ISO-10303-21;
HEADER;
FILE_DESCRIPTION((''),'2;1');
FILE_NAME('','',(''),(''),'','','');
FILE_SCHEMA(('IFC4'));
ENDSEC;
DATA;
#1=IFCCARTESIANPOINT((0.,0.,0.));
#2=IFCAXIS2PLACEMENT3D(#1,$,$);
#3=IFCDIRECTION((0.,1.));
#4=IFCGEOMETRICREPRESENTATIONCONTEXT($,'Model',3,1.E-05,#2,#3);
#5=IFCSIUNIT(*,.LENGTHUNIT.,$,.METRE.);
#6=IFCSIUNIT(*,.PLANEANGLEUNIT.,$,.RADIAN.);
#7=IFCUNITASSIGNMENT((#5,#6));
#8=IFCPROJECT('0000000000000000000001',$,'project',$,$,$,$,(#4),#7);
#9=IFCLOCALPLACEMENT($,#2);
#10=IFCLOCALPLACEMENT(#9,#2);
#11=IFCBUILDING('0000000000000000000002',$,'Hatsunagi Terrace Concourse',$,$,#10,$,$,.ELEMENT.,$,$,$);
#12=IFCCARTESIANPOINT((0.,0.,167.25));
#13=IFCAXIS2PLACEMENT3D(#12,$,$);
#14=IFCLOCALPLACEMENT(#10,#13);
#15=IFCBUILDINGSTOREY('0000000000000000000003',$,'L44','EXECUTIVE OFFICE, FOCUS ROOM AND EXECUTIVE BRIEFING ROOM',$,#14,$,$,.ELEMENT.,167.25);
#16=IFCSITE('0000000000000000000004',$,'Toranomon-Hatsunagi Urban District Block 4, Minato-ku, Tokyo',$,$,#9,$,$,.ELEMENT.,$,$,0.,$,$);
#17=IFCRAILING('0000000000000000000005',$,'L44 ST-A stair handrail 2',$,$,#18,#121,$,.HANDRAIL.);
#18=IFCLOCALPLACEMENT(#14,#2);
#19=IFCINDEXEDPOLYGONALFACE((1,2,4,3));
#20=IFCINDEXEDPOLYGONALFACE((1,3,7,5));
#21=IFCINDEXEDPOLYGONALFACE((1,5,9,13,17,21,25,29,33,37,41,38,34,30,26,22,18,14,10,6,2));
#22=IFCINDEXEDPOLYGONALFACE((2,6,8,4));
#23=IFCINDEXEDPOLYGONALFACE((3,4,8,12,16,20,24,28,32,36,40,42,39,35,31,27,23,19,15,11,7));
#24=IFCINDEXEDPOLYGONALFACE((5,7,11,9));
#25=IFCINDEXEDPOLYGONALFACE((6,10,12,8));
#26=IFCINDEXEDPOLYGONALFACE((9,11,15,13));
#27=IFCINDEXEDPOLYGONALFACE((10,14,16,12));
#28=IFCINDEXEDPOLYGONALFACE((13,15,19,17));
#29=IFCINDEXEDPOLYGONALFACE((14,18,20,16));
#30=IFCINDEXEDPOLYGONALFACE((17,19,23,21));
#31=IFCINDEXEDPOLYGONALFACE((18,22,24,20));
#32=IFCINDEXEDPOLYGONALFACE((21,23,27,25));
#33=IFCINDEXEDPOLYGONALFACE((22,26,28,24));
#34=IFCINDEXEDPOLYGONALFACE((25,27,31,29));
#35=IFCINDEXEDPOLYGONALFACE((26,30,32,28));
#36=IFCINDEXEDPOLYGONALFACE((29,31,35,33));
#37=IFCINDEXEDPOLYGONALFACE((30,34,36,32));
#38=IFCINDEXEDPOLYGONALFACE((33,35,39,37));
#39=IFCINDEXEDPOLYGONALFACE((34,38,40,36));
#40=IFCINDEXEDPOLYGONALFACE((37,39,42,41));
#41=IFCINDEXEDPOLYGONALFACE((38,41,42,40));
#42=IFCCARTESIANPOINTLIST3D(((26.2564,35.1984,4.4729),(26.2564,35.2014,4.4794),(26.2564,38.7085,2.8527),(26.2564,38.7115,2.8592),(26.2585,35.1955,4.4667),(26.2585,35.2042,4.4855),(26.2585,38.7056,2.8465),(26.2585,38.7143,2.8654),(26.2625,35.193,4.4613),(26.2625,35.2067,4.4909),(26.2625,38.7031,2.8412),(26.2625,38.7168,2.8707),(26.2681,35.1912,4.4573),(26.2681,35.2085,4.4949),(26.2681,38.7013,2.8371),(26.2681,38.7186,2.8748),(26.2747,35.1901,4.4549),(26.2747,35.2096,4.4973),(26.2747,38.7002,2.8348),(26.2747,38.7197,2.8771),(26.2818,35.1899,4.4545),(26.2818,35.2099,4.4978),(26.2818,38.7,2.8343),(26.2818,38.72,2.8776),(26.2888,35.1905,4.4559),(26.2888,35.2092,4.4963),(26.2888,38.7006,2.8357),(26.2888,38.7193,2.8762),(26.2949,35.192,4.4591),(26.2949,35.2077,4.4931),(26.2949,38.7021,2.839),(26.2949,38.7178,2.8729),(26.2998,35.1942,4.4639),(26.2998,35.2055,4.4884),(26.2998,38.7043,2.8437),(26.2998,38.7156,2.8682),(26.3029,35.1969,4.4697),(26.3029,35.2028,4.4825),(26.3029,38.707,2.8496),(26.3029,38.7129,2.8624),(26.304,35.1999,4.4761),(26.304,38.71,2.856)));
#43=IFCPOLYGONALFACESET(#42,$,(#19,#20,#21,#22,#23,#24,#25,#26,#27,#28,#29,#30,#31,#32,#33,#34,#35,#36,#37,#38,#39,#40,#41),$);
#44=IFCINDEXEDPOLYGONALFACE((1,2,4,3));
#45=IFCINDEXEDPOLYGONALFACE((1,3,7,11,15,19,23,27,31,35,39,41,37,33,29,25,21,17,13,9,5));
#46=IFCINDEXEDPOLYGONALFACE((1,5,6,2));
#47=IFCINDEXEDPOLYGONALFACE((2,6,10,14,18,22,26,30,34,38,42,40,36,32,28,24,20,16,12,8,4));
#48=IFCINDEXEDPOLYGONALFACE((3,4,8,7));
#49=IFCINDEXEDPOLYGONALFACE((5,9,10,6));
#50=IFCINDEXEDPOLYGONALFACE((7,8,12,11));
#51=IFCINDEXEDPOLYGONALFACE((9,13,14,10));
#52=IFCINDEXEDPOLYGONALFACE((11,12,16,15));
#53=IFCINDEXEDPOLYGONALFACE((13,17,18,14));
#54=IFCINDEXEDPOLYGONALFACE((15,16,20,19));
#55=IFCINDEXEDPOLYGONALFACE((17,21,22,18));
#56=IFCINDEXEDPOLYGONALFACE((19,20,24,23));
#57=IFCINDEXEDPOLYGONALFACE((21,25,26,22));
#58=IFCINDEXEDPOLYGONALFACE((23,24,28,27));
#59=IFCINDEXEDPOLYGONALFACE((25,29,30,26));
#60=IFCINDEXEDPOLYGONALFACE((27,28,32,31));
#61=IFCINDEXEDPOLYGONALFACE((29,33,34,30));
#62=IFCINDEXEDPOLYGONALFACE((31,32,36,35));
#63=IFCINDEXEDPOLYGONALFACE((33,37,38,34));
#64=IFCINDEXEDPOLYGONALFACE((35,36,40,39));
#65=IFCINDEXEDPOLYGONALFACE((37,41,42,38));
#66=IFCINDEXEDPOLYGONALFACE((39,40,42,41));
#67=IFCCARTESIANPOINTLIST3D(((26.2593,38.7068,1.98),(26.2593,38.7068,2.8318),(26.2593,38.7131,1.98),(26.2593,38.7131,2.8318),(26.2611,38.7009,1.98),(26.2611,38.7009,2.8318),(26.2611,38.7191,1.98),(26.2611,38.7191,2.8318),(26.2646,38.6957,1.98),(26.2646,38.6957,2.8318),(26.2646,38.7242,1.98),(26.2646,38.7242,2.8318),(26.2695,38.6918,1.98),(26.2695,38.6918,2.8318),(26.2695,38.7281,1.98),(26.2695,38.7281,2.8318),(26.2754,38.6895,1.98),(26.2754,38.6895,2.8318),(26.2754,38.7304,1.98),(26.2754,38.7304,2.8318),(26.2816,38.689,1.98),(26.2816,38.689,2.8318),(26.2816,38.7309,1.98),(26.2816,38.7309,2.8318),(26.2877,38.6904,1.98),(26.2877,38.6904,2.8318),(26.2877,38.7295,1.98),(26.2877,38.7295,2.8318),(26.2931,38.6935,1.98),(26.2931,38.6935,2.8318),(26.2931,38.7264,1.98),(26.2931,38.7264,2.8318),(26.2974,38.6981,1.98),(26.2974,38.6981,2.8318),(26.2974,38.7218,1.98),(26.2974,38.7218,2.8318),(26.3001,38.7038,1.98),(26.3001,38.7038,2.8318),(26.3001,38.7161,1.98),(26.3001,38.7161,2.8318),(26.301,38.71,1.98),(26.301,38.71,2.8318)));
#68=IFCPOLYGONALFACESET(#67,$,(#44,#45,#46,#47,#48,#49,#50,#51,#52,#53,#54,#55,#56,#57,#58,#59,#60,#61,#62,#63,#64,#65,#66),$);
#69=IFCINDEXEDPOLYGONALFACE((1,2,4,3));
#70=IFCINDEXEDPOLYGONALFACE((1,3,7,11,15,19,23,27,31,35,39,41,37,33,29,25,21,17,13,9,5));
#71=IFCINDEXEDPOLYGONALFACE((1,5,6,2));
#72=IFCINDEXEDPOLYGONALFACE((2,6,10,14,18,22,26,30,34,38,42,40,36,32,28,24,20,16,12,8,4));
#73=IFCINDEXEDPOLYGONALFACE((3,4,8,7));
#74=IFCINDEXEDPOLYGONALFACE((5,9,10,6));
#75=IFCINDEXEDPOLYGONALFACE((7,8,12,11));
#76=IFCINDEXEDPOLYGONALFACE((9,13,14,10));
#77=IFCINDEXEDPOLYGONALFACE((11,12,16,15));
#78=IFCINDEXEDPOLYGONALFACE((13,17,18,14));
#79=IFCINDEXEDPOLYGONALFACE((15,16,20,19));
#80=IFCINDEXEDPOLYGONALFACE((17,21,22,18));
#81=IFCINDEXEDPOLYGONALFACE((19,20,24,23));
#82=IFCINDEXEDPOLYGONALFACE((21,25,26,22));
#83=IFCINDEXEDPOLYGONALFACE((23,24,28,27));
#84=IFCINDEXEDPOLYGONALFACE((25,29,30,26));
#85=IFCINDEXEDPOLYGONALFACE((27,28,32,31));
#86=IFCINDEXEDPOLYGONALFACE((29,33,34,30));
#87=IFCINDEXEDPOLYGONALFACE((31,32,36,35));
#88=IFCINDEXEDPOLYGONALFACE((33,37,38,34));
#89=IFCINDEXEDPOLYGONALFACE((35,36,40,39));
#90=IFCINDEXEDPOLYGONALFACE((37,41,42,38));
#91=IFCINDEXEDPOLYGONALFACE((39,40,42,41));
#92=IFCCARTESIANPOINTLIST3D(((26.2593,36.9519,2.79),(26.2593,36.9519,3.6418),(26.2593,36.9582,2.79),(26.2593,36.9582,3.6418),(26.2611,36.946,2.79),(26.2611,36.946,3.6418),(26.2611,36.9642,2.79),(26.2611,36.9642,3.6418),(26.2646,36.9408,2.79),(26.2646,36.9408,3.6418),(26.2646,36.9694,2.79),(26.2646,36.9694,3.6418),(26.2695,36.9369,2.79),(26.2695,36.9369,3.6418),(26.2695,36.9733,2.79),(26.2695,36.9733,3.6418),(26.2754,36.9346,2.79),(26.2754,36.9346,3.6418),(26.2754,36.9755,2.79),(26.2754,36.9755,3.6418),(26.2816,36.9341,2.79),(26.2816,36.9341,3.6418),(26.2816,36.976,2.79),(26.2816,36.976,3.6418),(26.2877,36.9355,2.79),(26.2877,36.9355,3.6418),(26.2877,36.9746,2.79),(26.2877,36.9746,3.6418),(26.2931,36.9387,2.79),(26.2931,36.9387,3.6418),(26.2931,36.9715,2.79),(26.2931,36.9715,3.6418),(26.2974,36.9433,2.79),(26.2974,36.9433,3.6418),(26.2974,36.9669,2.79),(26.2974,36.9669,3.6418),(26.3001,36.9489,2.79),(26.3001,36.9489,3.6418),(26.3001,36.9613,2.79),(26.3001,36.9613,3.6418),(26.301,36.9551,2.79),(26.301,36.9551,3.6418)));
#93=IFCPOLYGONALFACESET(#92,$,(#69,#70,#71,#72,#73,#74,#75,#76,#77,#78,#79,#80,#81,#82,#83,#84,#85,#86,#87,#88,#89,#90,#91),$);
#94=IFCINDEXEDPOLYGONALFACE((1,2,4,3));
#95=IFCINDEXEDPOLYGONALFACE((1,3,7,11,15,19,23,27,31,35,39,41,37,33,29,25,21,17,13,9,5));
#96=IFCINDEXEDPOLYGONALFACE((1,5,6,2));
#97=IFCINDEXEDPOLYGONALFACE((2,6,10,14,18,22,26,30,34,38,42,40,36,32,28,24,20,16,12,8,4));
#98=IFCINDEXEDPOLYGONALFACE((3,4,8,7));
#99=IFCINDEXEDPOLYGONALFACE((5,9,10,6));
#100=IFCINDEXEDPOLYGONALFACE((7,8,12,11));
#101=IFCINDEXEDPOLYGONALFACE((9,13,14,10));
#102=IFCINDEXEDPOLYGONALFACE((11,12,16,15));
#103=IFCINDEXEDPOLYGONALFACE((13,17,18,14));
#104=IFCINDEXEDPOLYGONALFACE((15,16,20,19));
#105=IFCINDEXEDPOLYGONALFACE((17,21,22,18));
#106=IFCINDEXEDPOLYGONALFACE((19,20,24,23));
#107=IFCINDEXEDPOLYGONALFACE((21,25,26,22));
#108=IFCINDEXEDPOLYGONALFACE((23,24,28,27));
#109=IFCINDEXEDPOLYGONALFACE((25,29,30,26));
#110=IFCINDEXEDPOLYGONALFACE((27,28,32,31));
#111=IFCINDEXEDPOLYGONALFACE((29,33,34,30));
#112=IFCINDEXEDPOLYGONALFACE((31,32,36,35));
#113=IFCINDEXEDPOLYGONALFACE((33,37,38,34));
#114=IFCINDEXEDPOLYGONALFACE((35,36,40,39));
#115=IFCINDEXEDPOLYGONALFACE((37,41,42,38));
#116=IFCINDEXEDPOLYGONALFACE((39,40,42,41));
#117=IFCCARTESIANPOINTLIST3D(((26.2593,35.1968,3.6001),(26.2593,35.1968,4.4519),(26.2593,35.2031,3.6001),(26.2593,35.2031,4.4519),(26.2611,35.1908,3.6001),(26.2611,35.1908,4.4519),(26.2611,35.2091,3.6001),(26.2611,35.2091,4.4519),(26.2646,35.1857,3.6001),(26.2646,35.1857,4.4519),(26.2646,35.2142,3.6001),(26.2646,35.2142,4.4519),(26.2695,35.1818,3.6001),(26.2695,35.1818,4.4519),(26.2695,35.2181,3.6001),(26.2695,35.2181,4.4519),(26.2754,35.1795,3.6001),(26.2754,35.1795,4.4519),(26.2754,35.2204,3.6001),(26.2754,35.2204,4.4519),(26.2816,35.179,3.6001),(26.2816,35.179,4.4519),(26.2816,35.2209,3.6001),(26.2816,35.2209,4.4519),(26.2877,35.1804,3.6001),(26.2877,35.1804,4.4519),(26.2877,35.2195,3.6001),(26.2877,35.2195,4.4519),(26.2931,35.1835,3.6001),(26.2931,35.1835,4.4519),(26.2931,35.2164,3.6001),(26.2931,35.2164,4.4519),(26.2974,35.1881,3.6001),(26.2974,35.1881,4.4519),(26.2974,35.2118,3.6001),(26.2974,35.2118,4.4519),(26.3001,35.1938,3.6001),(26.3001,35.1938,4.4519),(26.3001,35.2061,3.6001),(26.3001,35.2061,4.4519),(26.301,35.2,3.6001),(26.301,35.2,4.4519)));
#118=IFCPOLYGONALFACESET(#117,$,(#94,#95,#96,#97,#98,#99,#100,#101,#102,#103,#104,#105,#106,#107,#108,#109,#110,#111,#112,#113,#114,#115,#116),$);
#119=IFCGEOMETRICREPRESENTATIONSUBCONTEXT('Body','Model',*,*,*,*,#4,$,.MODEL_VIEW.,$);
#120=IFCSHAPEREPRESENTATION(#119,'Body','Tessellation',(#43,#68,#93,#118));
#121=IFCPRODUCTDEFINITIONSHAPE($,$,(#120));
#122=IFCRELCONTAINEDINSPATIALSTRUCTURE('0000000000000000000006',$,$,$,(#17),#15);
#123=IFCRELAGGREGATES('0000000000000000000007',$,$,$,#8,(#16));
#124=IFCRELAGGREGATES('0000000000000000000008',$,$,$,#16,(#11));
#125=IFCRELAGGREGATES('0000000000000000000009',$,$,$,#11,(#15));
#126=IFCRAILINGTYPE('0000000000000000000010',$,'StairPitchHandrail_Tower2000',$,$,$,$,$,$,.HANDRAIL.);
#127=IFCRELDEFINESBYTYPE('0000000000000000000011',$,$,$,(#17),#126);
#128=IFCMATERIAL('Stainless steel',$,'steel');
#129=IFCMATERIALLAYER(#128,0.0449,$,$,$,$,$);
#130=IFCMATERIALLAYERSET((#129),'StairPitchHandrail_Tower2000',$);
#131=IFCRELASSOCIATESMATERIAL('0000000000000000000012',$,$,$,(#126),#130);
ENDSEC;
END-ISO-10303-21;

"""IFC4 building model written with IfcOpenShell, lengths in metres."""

from ifc_helpers import new_model, si_unit, direction, frame, origin, origin_2d, place, context, subcontext, project, spatial, circle, extrude, material, layer, layer_set, type_object, element, save


model = new_model("IFC4")

# Units and contexts
model_context = context("Model", 3, precision=1e-05, world=origin(), true_north=direction((0.0, 1.0)))
body_context = subcontext(model_context, "Body", "Model", "MODEL_VIEW")
ifc_project = project(units=[si_unit("LENGTHUNIT", "METRE"), si_unit("PLANEANGLEUNIT", "RADIAN")], contexts=[model_context])

# Site, building, storey
site_placement = place(None, origin())
site = spatial("IfcSite", under=ifc_project, at=site_placement, Name="Toranomon-Hatsunagi Urban District Block 4, Minato-ku, Tokyo", CompositionType="ELEMENT", RefElevation=0.0)
building_placement = place(site_placement, origin())
building = spatial("IfcBuilding", under=site, at=building_placement, Name="Hatsunagi Terrace Concourse", CompositionType="ELEMENT")
storey_placement = place(building_placement, frame((0.0, 0.0, 167.25)))
storey = spatial("IfcBuildingStorey", under=building, at=storey_placement, Name="L44", Description="EXECUTIVE OFFICE, FOCUS ROOM AND EXECUTIVE BRIEFING ROOM", CompositionType="ELEMENT", Elevation=167.25)

# Railing
ifc_material_1 = material(Name="Stainless steel", Category="steel")
ifc_layer_1 = layer(ifc_material_1, 0.0449)
ifc_layer_set_1 = layer_set([ifc_layer_1], Name="StairPitchHandrail_Tower2000")
railing_type_1 = type_object("IfcRailingType", Name="StairPitchHandrail_Tower2000", PredefinedType="HANDRAIL", material=ifc_layer_set_1)
railing_1_placement = place(storey_placement, frame((26.28, 38.71, 1.98)))
element("IfcRailing", 1, at=railing_1_placement, inside=storey, type_object=railing_type_1, Name="L44 ST-A stair handrail 2", PredefinedType="HANDRAIL", context=body_context, shape_type="SweptSolid", body=[
    extrude(circle(Radius=0.0239, at=origin_2d()), frame((0.0, 0.0, 0.876), z_axis=(0.0, -0.907948, 0.419082), x_axis=(1.0, 0.0, 0.0)), (0.0, 0.0, 1.0), 3.866),
    extrude(circle(Radius=0.021, at=origin_2d()), origin(), (0.0, 0.0, 1.0), 0.8518),
    extrude(circle(Radius=0.021, at=origin_2d()), frame((0.0, -1.7549, 0.8101)), (0.0, 0.0, 1.0), 0.8518),
    extrude(circle(Radius=0.021, at=origin_2d()), frame((0.0, -3.51, 1.6201)), (0.0, 0.0, 1.0), 0.8518),
])

save(model, "model.ifc")
